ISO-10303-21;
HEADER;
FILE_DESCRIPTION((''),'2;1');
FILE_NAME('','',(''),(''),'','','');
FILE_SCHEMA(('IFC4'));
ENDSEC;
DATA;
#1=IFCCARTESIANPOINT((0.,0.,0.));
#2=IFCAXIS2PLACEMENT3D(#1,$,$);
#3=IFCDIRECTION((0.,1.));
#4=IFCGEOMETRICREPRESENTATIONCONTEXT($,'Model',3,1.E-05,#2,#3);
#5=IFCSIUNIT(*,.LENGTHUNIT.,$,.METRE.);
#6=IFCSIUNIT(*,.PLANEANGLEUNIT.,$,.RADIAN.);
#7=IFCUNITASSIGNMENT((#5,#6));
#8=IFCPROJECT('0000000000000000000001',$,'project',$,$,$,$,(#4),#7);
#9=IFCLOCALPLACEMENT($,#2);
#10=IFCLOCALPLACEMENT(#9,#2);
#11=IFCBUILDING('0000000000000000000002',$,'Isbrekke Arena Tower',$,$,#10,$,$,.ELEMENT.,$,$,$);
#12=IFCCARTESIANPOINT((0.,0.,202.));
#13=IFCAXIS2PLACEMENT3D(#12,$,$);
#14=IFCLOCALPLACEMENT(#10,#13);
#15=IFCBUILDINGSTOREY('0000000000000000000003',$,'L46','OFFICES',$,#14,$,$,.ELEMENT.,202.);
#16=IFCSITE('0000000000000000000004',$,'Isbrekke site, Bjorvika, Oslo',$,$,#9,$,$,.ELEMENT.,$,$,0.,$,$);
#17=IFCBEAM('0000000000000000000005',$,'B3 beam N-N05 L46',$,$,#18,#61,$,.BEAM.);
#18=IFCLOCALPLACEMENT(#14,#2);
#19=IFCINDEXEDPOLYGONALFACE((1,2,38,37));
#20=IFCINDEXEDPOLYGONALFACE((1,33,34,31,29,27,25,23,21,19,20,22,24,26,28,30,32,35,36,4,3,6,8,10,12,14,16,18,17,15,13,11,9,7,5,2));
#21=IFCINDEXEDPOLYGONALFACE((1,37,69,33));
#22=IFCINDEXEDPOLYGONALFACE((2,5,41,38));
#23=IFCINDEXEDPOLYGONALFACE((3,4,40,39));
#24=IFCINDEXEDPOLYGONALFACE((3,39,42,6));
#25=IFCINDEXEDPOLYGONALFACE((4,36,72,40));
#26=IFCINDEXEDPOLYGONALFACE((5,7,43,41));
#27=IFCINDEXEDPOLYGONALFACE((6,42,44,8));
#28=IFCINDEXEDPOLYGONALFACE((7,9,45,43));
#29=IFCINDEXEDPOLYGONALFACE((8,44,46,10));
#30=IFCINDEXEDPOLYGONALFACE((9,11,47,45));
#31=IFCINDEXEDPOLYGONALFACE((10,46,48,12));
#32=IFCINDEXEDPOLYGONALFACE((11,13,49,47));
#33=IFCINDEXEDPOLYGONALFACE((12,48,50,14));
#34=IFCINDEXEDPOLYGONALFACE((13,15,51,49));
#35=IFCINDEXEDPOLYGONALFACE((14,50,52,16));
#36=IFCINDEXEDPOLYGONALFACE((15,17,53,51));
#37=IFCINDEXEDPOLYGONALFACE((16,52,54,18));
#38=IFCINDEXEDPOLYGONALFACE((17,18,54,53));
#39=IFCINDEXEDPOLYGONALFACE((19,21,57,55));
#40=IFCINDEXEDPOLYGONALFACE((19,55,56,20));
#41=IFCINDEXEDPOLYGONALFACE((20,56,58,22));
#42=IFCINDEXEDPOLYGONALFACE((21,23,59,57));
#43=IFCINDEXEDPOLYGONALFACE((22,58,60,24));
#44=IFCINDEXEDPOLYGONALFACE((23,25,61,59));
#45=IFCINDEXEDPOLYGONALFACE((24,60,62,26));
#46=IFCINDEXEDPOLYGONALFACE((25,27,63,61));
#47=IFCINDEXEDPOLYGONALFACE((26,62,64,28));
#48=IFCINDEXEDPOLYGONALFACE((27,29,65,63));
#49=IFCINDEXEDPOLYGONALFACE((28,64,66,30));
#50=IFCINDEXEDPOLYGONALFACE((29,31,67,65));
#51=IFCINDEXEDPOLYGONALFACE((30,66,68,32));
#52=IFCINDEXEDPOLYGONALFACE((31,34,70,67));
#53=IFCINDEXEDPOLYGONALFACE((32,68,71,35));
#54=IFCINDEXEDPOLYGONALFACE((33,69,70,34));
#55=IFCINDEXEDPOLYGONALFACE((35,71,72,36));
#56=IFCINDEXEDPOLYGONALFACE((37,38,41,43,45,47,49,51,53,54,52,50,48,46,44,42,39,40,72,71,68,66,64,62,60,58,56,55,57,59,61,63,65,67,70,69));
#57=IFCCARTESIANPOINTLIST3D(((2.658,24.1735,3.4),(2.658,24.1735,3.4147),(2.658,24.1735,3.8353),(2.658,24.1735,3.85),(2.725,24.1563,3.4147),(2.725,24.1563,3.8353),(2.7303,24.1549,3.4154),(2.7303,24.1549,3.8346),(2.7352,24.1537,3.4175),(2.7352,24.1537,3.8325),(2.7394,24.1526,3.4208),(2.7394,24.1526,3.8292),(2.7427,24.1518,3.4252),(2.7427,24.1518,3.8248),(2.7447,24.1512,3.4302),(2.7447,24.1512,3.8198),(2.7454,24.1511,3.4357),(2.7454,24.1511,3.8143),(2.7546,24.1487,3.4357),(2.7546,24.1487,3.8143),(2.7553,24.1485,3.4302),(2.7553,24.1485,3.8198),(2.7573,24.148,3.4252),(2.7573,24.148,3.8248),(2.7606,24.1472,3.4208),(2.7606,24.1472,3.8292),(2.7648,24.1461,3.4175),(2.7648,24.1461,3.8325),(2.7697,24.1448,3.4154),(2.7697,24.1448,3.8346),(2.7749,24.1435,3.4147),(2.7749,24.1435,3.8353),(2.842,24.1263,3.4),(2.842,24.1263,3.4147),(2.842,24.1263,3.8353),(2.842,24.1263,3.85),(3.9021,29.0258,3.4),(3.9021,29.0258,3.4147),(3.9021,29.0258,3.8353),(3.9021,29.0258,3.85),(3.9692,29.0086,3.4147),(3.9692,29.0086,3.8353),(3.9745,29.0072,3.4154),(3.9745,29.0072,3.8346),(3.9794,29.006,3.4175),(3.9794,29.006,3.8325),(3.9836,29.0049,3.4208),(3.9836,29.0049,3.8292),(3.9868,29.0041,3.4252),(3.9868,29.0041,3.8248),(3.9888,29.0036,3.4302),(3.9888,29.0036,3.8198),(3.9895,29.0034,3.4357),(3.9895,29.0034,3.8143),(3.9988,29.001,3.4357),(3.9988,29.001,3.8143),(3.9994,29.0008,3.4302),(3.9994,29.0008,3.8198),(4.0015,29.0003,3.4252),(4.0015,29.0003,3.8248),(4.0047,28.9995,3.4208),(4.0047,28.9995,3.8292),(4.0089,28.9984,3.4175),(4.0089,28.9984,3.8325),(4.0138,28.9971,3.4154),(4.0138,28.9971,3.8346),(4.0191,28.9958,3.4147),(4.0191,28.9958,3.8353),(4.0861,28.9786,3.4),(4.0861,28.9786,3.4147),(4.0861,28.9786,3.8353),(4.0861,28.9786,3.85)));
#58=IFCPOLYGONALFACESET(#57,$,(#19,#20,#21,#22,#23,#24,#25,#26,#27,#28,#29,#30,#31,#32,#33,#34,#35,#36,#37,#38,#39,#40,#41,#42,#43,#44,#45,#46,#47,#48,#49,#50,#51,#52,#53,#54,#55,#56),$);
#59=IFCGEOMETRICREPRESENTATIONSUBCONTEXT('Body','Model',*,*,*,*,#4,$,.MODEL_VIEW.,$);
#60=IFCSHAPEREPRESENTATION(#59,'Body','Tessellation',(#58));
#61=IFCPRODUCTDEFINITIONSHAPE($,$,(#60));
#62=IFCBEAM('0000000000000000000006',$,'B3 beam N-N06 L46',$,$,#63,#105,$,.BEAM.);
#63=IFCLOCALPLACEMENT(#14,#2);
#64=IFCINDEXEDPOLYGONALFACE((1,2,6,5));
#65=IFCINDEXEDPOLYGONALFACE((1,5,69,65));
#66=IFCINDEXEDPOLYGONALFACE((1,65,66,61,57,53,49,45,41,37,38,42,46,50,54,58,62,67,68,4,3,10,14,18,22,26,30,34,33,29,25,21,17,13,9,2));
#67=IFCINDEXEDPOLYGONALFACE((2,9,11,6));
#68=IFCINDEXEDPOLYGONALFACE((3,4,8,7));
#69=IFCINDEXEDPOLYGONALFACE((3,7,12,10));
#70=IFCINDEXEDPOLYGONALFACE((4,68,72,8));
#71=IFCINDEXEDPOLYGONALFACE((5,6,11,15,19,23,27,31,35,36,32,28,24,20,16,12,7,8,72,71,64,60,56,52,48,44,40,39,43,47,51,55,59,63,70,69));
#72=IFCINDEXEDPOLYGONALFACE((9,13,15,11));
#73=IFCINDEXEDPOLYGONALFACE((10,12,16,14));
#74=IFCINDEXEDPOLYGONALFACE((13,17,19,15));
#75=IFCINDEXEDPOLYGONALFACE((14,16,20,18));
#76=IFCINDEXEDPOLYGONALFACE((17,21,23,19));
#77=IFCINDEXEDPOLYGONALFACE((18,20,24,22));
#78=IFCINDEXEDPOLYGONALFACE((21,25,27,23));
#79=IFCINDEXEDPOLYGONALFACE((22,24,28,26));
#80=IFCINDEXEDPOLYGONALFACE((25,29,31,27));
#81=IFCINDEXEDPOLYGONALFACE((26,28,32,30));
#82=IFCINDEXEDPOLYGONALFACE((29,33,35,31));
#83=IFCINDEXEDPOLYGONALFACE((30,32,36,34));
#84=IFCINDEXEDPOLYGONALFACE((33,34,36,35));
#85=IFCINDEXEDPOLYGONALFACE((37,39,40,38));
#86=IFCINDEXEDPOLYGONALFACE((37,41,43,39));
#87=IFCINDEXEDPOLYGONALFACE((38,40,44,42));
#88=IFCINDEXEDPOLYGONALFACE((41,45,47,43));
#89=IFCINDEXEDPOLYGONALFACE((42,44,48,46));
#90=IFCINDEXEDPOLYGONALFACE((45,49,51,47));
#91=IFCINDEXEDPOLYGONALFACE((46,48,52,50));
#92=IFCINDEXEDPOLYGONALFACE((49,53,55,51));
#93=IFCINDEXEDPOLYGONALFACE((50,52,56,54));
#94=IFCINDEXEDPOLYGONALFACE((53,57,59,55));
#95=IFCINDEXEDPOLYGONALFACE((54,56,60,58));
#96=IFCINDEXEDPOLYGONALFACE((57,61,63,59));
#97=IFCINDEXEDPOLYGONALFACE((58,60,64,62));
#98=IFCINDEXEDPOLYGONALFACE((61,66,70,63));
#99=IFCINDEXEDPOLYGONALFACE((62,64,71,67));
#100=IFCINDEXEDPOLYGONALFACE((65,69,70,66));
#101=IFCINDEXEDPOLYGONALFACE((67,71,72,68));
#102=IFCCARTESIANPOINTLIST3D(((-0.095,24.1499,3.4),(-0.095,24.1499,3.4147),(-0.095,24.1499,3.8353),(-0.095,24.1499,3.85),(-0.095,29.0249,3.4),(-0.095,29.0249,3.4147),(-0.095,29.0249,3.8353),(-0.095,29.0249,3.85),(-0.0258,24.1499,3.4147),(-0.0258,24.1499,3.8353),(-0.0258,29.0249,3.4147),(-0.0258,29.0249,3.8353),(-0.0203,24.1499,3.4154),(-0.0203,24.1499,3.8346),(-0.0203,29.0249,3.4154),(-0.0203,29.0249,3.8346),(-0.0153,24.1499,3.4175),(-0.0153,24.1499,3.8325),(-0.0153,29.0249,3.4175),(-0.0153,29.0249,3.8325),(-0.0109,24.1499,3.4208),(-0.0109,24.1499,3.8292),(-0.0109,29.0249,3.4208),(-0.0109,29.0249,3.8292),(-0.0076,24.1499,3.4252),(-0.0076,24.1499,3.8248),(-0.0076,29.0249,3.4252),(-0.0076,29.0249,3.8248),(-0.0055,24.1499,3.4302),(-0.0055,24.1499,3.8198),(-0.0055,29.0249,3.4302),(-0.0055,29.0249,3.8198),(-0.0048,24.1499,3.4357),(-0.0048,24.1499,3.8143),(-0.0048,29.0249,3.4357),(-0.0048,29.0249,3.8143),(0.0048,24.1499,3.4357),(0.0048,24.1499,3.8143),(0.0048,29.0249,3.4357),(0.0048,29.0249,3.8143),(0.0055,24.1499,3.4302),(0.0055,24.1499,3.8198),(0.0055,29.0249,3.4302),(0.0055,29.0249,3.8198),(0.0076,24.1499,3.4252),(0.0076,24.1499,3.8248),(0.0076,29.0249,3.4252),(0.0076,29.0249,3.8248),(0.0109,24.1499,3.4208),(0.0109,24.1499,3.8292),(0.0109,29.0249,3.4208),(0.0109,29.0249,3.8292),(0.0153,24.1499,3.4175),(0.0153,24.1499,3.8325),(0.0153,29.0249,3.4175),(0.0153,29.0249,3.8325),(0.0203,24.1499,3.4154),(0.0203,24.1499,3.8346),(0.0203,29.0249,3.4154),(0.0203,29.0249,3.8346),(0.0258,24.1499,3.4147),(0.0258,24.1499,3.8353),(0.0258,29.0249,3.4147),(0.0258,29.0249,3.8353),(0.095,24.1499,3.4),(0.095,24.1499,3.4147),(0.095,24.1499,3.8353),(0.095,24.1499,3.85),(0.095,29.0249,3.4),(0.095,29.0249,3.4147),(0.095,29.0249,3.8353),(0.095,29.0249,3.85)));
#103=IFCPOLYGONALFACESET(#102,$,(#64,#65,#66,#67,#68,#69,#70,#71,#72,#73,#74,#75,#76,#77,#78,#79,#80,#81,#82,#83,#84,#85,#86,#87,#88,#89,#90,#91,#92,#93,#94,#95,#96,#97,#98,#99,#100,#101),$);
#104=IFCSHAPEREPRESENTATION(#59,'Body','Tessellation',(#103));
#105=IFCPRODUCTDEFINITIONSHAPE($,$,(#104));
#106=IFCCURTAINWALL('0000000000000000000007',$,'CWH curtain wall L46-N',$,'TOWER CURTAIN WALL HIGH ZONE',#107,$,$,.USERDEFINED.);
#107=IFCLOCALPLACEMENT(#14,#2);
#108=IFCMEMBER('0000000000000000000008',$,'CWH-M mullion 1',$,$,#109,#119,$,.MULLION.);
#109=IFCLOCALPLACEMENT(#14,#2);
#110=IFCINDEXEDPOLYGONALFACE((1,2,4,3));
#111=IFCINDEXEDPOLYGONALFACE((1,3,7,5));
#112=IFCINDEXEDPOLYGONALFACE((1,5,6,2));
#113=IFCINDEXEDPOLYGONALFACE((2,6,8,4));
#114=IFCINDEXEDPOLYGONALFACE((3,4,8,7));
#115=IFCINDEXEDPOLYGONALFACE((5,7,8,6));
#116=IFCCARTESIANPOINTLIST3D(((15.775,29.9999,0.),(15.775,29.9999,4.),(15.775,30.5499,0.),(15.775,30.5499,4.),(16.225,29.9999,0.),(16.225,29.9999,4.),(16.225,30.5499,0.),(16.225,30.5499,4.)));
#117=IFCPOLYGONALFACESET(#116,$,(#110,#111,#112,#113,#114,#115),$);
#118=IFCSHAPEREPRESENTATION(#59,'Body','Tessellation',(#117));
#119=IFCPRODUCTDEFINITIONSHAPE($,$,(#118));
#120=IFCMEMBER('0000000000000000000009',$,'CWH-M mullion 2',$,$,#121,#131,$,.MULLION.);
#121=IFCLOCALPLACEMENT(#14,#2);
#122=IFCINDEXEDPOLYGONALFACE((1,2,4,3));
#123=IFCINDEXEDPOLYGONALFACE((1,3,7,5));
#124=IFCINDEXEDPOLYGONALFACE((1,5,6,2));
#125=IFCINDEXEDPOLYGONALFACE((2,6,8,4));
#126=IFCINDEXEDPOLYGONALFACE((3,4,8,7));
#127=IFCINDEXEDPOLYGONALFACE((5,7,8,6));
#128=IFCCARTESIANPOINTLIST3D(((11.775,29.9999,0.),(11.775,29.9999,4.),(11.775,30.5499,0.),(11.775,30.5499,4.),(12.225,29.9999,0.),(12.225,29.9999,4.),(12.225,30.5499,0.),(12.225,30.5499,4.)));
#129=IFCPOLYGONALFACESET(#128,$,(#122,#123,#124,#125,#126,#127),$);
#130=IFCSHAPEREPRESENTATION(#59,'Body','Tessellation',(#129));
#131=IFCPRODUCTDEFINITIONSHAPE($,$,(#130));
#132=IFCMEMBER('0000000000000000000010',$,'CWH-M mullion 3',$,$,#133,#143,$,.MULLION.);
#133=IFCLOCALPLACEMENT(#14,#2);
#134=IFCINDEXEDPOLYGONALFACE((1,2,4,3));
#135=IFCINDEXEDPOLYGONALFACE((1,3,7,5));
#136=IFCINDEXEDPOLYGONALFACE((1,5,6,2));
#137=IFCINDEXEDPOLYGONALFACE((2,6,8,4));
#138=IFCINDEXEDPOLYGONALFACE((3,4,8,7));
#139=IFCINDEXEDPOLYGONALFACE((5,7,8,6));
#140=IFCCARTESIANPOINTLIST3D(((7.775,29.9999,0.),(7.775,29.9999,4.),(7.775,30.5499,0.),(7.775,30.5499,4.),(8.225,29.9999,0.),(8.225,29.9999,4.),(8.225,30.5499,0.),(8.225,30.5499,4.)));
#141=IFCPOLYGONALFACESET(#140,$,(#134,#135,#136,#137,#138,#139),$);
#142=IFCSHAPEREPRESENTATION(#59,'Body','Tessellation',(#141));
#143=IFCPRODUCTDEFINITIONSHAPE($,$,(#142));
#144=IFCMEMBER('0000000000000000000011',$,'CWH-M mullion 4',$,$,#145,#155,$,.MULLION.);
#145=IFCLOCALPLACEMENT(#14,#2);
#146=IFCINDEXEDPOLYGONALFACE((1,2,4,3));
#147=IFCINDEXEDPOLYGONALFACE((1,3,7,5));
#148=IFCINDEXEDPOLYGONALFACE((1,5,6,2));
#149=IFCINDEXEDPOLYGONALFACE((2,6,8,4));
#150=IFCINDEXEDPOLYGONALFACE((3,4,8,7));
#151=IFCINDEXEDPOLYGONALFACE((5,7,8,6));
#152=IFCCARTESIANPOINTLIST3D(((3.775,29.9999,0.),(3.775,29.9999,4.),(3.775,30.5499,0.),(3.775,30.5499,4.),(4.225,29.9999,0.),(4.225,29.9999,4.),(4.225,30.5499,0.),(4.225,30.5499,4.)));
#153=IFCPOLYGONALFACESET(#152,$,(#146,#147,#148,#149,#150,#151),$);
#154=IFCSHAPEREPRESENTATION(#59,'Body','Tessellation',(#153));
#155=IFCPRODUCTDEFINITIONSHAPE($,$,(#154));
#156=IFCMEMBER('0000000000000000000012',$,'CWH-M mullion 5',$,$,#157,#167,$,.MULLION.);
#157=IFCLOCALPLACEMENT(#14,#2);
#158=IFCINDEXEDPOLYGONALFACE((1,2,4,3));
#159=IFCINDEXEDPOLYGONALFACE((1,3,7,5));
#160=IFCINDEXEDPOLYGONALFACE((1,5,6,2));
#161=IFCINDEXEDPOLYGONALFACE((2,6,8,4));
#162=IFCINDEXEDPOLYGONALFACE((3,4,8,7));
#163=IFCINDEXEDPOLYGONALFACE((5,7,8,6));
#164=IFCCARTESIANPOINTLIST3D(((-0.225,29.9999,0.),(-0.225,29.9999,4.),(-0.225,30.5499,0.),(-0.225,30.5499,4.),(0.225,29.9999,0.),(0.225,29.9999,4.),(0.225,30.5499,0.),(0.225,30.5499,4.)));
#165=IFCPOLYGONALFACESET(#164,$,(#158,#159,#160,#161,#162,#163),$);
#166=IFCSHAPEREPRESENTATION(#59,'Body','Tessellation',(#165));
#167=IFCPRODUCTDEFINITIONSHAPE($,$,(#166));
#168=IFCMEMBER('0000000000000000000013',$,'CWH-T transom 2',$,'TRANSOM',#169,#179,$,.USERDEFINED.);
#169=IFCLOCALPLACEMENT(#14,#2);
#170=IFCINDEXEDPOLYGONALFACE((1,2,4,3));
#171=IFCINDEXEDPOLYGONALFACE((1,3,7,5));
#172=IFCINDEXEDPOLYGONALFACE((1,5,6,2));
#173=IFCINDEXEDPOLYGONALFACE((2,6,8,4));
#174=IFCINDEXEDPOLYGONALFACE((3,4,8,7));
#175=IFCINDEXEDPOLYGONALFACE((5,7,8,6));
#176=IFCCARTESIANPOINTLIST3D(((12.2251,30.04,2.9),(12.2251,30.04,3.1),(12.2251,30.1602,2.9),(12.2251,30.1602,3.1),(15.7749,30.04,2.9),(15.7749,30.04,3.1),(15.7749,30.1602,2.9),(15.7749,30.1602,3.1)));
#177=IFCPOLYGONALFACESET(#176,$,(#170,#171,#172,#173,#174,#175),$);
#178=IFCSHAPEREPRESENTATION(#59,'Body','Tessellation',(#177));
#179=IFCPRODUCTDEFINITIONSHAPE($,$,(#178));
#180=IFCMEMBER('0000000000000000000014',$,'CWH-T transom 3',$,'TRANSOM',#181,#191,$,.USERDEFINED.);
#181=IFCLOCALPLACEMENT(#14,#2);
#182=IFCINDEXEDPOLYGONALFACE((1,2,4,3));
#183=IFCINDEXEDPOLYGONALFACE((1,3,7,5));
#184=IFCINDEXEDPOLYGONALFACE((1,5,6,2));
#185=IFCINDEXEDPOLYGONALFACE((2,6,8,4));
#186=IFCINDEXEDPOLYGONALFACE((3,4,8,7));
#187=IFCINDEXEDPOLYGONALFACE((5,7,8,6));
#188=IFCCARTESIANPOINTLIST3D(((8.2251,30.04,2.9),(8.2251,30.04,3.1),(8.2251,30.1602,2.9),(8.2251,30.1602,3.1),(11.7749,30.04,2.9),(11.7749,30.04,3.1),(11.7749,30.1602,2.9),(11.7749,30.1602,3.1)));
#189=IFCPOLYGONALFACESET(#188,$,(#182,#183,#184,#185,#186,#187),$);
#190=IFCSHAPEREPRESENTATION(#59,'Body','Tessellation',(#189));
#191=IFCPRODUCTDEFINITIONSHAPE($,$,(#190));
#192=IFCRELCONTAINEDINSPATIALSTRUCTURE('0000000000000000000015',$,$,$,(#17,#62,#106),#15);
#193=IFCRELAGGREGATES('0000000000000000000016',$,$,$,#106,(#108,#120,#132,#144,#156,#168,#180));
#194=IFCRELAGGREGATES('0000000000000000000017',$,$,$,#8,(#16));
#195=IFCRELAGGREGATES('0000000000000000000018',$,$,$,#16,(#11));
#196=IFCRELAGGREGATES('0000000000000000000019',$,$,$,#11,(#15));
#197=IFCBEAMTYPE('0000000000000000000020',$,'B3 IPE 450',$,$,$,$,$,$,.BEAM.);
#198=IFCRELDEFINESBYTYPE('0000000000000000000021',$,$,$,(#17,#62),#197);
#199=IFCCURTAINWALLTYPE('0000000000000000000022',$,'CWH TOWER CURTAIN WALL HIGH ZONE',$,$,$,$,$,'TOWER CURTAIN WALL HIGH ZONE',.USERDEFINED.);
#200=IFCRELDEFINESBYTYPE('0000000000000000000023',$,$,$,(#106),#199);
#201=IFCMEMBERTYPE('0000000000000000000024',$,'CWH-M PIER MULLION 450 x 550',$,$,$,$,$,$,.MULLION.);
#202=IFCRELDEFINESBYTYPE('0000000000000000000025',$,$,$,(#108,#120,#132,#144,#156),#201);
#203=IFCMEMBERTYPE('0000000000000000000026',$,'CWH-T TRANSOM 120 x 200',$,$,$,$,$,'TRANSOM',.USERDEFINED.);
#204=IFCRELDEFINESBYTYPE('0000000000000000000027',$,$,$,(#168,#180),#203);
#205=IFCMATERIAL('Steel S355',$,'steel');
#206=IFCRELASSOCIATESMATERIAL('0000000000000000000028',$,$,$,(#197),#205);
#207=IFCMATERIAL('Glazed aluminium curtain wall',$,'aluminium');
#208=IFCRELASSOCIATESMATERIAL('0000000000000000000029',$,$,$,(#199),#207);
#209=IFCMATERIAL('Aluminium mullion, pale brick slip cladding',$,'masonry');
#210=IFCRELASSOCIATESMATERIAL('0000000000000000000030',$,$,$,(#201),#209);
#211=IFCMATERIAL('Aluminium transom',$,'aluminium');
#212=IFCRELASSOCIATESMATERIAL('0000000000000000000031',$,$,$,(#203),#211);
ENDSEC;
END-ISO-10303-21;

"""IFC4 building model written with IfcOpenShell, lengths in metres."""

from ifc_helpers import new_model, si_unit, direction, frame, origin, origin_2d, place, context, subcontext, project, spatial, rectangle, i_section, extrude, material, material_profile, profile_set, type_object, element, aggregate, save


model = new_model("IFC4")

# Units and contexts
model_context = context("Model", 3, precision=1e-05, world=origin(), true_north=direction((0.0, 1.0)))
body_context = subcontext(model_context, "Body", "Model", "MODEL_VIEW")
ifc_project = project(units=[si_unit("LENGTHUNIT", "METRE"), si_unit("PLANEANGLEUNIT", "RADIAN")], contexts=[model_context])

# Site, building, storey
site_placement = place(None, origin())
site = spatial("IfcSite", under=ifc_project, at=site_placement, Name="Isbrekke site, Bjorvika, Oslo", CompositionType="ELEMENT", RefElevation=0.0)
building_placement = place(site_placement, origin())
building = spatial("IfcBuilding", under=site, at=building_placement, Name="Isbrekke Arena Tower", CompositionType="ELEMENT")
storey_placement = place(building_placement, frame((0.0, 0.0, 202.0)))
storey = spatial("IfcBuildingStorey", under=building, at=storey_placement, Name="L46", Description="OFFICES", CompositionType="ELEMENT", Elevation=202.0)

# Beams
ifc_material_1 = material(Name="Steel S355", Category="steel")
ifc_material_profile_1 = material_profile(ifc_material_1, i_section(OverallWidth=0.1899, OverallDepth=0.45, WebThickness=0.0095, FlangeThickness=0.0146, FilletRadius=0.021, at=origin_2d()), Name="IPE 450")
ifc_profile_set_1 = profile_set([ifc_material_profile_1], Name="Steel S355")
beam_type_1 = type_object("IfcBeamType", Name="B3 IPE 450", PredefinedType="BEAM", material=ifc_profile_set_1)
beam_1_placement = place(storey_placement, frame((3.9941, 29.0022, 3.625), z_axis=(-0.248368, -0.968666, 0.0), x_axis=(0.968666, -0.248368, 0.0)))
element("IfcBeam", 1, at=beam_1_placement, inside=storey, type_object=beam_type_1, Name="B3 beam N-N05 L46", PredefinedType="BEAM", context=body_context, shape_type="SweptSolid", body=[
    extrude(i_section(OverallWidth=0.1899, OverallDepth=0.45, WebThickness=0.0095, FlangeThickness=0.0146, FilletRadius=0.021, at=origin_2d()), origin(), (0.0, 0.0, 1.0), 5.0093),
])
beam_2_placement = place(storey_placement, frame((0.0, 29.0249, 3.625), z_axis=(0.0, -1.0, 0.0), x_axis=(1.0, 0.0, 0.0)))
element("IfcBeam", 2, at=beam_2_placement, inside=storey, type_object=beam_type_1, Name="B3 beam N-N06 L46", PredefinedType="BEAM", context=body_context, shape_type="SweptSolid", body=[
    extrude(i_section(OverallWidth=0.1899, OverallDepth=0.45, WebThickness=0.0095, FlangeThickness=0.0146, FilletRadius=0.021, at=origin_2d()), origin(), (0.0, 0.0, 1.0), 4.875),
])

# Curtain wall, members
ifc_material_2 = material(Name="Glazed aluminium curtain wall", Category="aluminium")
curtain_wall_type = type_object("IfcCurtainWallType", Name="CWH TOWER CURTAIN WALL HIGH ZONE", ElementType="TOWER CURTAIN WALL HIGH ZONE", PredefinedType="USERDEFINED", material=ifc_material_2)
curtain_wall_placement = place(storey_placement, origin())
curtain_wall = element("IfcCurtainWall", 3, at=curtain_wall_placement, inside=storey, type_object=curtain_wall_type, Name="CWH curtain wall L46-N", ObjectType="TOWER CURTAIN WALL HIGH ZONE", PredefinedType="USERDEFINED")
ifc_material_3 = material(Name="Aluminium mullion, pale brick slip cladding", Category="masonry")
ifc_material_profile_2 = material_profile(ifc_material_3, rectangle(XDim=0.45, YDim=0.55, at=origin_2d()), Name="PIER 450X550")
ifc_profile_set_2 = profile_set([ifc_material_profile_2], Name="Aluminium mullion, pale brick slip cladding")
member_type_1 = type_object("IfcMemberType", Name="CWH-M PIER MULLION 450 x 550", PredefinedType="MULLION", material=ifc_profile_set_2)
member_1_placement = place(storey_placement, frame((16.0, 30.2749, 0.0), z_axis=(0.0, 0.0, 1.0), x_axis=(-1.0, 0.0, 0.0)))
member_1 = element("IfcMember", 4, at=member_1_placement, type_object=member_type_1, Name="CWH-M mullion 1", PredefinedType="MULLION", context=body_context, shape_type="SweptSolid", body=[
    extrude(rectangle(XDim=0.45, YDim=0.55, at=origin_2d()), origin(), (0.0, 0.0, 1.0), 4.0),
])
member_2_placement = place(storey_placement, frame((12.0, 30.2749, 0.0), z_axis=(0.0, 0.0, 1.0), x_axis=(-1.0, 0.0, 0.0)))
member_2 = element("IfcMember", 5, at=member_2_placement, type_object=member_type_1, Name="CWH-M mullion 2", PredefinedType="MULLION", context=body_context, shape_type="SweptSolid", body=[
    extrude(rectangle(XDim=0.45, YDim=0.55, at=origin_2d()), origin(), (0.0, 0.0, 1.0), 4.0),
])
member_3_placement = place(storey_placement, frame((8.0, 30.2749, 0.0), z_axis=(0.0, 0.0, 1.0), x_axis=(-1.0, 0.0, 0.0)))
member_3 = element("IfcMember", 6, at=member_3_placement, type_object=member_type_1, Name="CWH-M mullion 3", PredefinedType="MULLION", context=body_context, shape_type="SweptSolid", body=[
    extrude(rectangle(XDim=0.45, YDim=0.55, at=origin_2d()), origin(), (0.0, 0.0, 1.0), 4.0),
])
member_4_placement = place(storey_placement, frame((4.0, 30.2749, 0.0), z_axis=(0.0, 0.0, 1.0), x_axis=(-1.0, 0.0, 0.0)))
member_4 = element("IfcMember", 7, at=member_4_placement, type_object=member_type_1, Name="CWH-M mullion 4", PredefinedType="MULLION", context=body_context, shape_type="SweptSolid", body=[
    extrude(rectangle(XDim=0.45, YDim=0.55, at=origin_2d()), origin(), (0.0, 0.0, 1.0), 4.0),
])
member_5_placement = place(storey_placement, frame((0.0, 30.2749, 0.0), z_axis=(0.0, 0.0, 1.0), x_axis=(-1.0, 0.0, 0.0)))
member_5 = element("IfcMember", 8, at=member_5_placement, type_object=member_type_1, Name="CWH-M mullion 5", PredefinedType="MULLION", context=body_context, shape_type="SweptSolid", body=[
    extrude(rectangle(XDim=0.45, YDim=0.55, at=origin_2d()), origin(), (0.0, 0.0, 1.0), 4.0),
])
ifc_material_4 = material(Name="Aluminium transom", Category="aluminium")
ifc_material_profile_3 = material_profile(ifc_material_4, rectangle(XDim=0.1201, YDim=0.2, at=origin_2d()), Name="TRANSOM 120X200")
ifc_profile_set_3 = profile_set([ifc_material_profile_3], Name="Aluminium transom")
member_type_2 = type_object("IfcMemberType", Name="CWH-T TRANSOM 120 x 200", ElementType="TRANSOM", PredefinedType="USERDEFINED", material=ifc_profile_set_3)
member_6_placement = place(storey_placement, frame((15.7749, 30.1001, 3.0), z_axis=(-1.0, 0.0, 0.0), x_axis=(0.0, -1.0, 0.0)))
member_6 = element("IfcMember", 9, at=member_6_placement, type_object=member_type_2, Name="CWH-T transom 2", ObjectType="TRANSOM", PredefinedType="USERDEFINED", context=body_context, shape_type="SweptSolid", body=[
    extrude(rectangle(XDim=0.1201, YDim=0.2, at=origin_2d()), origin(), (0.0, 0.0, 1.0), 3.5498),
])
member_7_placement = place(storey_placement, frame((11.7749, 30.1001, 3.0), z_axis=(-1.0, 0.0, 0.0), x_axis=(0.0, -1.0, 0.0)))
member_7 = element("IfcMember", 10, at=member_7_placement, type_object=member_type_2, Name="CWH-T transom 3", ObjectType="TRANSOM", PredefinedType="USERDEFINED", context=body_context, shape_type="SweptSolid", body=[
    extrude(rectangle(XDim=0.1201, YDim=0.2, at=origin_2d()), origin(), (0.0, 0.0, 1.0), 3.5498),
])

aggregate(curtain_wall, [member_1, member_2, member_3, member_4, member_5, member_6, member_7])

save(model, "model.ifc")
